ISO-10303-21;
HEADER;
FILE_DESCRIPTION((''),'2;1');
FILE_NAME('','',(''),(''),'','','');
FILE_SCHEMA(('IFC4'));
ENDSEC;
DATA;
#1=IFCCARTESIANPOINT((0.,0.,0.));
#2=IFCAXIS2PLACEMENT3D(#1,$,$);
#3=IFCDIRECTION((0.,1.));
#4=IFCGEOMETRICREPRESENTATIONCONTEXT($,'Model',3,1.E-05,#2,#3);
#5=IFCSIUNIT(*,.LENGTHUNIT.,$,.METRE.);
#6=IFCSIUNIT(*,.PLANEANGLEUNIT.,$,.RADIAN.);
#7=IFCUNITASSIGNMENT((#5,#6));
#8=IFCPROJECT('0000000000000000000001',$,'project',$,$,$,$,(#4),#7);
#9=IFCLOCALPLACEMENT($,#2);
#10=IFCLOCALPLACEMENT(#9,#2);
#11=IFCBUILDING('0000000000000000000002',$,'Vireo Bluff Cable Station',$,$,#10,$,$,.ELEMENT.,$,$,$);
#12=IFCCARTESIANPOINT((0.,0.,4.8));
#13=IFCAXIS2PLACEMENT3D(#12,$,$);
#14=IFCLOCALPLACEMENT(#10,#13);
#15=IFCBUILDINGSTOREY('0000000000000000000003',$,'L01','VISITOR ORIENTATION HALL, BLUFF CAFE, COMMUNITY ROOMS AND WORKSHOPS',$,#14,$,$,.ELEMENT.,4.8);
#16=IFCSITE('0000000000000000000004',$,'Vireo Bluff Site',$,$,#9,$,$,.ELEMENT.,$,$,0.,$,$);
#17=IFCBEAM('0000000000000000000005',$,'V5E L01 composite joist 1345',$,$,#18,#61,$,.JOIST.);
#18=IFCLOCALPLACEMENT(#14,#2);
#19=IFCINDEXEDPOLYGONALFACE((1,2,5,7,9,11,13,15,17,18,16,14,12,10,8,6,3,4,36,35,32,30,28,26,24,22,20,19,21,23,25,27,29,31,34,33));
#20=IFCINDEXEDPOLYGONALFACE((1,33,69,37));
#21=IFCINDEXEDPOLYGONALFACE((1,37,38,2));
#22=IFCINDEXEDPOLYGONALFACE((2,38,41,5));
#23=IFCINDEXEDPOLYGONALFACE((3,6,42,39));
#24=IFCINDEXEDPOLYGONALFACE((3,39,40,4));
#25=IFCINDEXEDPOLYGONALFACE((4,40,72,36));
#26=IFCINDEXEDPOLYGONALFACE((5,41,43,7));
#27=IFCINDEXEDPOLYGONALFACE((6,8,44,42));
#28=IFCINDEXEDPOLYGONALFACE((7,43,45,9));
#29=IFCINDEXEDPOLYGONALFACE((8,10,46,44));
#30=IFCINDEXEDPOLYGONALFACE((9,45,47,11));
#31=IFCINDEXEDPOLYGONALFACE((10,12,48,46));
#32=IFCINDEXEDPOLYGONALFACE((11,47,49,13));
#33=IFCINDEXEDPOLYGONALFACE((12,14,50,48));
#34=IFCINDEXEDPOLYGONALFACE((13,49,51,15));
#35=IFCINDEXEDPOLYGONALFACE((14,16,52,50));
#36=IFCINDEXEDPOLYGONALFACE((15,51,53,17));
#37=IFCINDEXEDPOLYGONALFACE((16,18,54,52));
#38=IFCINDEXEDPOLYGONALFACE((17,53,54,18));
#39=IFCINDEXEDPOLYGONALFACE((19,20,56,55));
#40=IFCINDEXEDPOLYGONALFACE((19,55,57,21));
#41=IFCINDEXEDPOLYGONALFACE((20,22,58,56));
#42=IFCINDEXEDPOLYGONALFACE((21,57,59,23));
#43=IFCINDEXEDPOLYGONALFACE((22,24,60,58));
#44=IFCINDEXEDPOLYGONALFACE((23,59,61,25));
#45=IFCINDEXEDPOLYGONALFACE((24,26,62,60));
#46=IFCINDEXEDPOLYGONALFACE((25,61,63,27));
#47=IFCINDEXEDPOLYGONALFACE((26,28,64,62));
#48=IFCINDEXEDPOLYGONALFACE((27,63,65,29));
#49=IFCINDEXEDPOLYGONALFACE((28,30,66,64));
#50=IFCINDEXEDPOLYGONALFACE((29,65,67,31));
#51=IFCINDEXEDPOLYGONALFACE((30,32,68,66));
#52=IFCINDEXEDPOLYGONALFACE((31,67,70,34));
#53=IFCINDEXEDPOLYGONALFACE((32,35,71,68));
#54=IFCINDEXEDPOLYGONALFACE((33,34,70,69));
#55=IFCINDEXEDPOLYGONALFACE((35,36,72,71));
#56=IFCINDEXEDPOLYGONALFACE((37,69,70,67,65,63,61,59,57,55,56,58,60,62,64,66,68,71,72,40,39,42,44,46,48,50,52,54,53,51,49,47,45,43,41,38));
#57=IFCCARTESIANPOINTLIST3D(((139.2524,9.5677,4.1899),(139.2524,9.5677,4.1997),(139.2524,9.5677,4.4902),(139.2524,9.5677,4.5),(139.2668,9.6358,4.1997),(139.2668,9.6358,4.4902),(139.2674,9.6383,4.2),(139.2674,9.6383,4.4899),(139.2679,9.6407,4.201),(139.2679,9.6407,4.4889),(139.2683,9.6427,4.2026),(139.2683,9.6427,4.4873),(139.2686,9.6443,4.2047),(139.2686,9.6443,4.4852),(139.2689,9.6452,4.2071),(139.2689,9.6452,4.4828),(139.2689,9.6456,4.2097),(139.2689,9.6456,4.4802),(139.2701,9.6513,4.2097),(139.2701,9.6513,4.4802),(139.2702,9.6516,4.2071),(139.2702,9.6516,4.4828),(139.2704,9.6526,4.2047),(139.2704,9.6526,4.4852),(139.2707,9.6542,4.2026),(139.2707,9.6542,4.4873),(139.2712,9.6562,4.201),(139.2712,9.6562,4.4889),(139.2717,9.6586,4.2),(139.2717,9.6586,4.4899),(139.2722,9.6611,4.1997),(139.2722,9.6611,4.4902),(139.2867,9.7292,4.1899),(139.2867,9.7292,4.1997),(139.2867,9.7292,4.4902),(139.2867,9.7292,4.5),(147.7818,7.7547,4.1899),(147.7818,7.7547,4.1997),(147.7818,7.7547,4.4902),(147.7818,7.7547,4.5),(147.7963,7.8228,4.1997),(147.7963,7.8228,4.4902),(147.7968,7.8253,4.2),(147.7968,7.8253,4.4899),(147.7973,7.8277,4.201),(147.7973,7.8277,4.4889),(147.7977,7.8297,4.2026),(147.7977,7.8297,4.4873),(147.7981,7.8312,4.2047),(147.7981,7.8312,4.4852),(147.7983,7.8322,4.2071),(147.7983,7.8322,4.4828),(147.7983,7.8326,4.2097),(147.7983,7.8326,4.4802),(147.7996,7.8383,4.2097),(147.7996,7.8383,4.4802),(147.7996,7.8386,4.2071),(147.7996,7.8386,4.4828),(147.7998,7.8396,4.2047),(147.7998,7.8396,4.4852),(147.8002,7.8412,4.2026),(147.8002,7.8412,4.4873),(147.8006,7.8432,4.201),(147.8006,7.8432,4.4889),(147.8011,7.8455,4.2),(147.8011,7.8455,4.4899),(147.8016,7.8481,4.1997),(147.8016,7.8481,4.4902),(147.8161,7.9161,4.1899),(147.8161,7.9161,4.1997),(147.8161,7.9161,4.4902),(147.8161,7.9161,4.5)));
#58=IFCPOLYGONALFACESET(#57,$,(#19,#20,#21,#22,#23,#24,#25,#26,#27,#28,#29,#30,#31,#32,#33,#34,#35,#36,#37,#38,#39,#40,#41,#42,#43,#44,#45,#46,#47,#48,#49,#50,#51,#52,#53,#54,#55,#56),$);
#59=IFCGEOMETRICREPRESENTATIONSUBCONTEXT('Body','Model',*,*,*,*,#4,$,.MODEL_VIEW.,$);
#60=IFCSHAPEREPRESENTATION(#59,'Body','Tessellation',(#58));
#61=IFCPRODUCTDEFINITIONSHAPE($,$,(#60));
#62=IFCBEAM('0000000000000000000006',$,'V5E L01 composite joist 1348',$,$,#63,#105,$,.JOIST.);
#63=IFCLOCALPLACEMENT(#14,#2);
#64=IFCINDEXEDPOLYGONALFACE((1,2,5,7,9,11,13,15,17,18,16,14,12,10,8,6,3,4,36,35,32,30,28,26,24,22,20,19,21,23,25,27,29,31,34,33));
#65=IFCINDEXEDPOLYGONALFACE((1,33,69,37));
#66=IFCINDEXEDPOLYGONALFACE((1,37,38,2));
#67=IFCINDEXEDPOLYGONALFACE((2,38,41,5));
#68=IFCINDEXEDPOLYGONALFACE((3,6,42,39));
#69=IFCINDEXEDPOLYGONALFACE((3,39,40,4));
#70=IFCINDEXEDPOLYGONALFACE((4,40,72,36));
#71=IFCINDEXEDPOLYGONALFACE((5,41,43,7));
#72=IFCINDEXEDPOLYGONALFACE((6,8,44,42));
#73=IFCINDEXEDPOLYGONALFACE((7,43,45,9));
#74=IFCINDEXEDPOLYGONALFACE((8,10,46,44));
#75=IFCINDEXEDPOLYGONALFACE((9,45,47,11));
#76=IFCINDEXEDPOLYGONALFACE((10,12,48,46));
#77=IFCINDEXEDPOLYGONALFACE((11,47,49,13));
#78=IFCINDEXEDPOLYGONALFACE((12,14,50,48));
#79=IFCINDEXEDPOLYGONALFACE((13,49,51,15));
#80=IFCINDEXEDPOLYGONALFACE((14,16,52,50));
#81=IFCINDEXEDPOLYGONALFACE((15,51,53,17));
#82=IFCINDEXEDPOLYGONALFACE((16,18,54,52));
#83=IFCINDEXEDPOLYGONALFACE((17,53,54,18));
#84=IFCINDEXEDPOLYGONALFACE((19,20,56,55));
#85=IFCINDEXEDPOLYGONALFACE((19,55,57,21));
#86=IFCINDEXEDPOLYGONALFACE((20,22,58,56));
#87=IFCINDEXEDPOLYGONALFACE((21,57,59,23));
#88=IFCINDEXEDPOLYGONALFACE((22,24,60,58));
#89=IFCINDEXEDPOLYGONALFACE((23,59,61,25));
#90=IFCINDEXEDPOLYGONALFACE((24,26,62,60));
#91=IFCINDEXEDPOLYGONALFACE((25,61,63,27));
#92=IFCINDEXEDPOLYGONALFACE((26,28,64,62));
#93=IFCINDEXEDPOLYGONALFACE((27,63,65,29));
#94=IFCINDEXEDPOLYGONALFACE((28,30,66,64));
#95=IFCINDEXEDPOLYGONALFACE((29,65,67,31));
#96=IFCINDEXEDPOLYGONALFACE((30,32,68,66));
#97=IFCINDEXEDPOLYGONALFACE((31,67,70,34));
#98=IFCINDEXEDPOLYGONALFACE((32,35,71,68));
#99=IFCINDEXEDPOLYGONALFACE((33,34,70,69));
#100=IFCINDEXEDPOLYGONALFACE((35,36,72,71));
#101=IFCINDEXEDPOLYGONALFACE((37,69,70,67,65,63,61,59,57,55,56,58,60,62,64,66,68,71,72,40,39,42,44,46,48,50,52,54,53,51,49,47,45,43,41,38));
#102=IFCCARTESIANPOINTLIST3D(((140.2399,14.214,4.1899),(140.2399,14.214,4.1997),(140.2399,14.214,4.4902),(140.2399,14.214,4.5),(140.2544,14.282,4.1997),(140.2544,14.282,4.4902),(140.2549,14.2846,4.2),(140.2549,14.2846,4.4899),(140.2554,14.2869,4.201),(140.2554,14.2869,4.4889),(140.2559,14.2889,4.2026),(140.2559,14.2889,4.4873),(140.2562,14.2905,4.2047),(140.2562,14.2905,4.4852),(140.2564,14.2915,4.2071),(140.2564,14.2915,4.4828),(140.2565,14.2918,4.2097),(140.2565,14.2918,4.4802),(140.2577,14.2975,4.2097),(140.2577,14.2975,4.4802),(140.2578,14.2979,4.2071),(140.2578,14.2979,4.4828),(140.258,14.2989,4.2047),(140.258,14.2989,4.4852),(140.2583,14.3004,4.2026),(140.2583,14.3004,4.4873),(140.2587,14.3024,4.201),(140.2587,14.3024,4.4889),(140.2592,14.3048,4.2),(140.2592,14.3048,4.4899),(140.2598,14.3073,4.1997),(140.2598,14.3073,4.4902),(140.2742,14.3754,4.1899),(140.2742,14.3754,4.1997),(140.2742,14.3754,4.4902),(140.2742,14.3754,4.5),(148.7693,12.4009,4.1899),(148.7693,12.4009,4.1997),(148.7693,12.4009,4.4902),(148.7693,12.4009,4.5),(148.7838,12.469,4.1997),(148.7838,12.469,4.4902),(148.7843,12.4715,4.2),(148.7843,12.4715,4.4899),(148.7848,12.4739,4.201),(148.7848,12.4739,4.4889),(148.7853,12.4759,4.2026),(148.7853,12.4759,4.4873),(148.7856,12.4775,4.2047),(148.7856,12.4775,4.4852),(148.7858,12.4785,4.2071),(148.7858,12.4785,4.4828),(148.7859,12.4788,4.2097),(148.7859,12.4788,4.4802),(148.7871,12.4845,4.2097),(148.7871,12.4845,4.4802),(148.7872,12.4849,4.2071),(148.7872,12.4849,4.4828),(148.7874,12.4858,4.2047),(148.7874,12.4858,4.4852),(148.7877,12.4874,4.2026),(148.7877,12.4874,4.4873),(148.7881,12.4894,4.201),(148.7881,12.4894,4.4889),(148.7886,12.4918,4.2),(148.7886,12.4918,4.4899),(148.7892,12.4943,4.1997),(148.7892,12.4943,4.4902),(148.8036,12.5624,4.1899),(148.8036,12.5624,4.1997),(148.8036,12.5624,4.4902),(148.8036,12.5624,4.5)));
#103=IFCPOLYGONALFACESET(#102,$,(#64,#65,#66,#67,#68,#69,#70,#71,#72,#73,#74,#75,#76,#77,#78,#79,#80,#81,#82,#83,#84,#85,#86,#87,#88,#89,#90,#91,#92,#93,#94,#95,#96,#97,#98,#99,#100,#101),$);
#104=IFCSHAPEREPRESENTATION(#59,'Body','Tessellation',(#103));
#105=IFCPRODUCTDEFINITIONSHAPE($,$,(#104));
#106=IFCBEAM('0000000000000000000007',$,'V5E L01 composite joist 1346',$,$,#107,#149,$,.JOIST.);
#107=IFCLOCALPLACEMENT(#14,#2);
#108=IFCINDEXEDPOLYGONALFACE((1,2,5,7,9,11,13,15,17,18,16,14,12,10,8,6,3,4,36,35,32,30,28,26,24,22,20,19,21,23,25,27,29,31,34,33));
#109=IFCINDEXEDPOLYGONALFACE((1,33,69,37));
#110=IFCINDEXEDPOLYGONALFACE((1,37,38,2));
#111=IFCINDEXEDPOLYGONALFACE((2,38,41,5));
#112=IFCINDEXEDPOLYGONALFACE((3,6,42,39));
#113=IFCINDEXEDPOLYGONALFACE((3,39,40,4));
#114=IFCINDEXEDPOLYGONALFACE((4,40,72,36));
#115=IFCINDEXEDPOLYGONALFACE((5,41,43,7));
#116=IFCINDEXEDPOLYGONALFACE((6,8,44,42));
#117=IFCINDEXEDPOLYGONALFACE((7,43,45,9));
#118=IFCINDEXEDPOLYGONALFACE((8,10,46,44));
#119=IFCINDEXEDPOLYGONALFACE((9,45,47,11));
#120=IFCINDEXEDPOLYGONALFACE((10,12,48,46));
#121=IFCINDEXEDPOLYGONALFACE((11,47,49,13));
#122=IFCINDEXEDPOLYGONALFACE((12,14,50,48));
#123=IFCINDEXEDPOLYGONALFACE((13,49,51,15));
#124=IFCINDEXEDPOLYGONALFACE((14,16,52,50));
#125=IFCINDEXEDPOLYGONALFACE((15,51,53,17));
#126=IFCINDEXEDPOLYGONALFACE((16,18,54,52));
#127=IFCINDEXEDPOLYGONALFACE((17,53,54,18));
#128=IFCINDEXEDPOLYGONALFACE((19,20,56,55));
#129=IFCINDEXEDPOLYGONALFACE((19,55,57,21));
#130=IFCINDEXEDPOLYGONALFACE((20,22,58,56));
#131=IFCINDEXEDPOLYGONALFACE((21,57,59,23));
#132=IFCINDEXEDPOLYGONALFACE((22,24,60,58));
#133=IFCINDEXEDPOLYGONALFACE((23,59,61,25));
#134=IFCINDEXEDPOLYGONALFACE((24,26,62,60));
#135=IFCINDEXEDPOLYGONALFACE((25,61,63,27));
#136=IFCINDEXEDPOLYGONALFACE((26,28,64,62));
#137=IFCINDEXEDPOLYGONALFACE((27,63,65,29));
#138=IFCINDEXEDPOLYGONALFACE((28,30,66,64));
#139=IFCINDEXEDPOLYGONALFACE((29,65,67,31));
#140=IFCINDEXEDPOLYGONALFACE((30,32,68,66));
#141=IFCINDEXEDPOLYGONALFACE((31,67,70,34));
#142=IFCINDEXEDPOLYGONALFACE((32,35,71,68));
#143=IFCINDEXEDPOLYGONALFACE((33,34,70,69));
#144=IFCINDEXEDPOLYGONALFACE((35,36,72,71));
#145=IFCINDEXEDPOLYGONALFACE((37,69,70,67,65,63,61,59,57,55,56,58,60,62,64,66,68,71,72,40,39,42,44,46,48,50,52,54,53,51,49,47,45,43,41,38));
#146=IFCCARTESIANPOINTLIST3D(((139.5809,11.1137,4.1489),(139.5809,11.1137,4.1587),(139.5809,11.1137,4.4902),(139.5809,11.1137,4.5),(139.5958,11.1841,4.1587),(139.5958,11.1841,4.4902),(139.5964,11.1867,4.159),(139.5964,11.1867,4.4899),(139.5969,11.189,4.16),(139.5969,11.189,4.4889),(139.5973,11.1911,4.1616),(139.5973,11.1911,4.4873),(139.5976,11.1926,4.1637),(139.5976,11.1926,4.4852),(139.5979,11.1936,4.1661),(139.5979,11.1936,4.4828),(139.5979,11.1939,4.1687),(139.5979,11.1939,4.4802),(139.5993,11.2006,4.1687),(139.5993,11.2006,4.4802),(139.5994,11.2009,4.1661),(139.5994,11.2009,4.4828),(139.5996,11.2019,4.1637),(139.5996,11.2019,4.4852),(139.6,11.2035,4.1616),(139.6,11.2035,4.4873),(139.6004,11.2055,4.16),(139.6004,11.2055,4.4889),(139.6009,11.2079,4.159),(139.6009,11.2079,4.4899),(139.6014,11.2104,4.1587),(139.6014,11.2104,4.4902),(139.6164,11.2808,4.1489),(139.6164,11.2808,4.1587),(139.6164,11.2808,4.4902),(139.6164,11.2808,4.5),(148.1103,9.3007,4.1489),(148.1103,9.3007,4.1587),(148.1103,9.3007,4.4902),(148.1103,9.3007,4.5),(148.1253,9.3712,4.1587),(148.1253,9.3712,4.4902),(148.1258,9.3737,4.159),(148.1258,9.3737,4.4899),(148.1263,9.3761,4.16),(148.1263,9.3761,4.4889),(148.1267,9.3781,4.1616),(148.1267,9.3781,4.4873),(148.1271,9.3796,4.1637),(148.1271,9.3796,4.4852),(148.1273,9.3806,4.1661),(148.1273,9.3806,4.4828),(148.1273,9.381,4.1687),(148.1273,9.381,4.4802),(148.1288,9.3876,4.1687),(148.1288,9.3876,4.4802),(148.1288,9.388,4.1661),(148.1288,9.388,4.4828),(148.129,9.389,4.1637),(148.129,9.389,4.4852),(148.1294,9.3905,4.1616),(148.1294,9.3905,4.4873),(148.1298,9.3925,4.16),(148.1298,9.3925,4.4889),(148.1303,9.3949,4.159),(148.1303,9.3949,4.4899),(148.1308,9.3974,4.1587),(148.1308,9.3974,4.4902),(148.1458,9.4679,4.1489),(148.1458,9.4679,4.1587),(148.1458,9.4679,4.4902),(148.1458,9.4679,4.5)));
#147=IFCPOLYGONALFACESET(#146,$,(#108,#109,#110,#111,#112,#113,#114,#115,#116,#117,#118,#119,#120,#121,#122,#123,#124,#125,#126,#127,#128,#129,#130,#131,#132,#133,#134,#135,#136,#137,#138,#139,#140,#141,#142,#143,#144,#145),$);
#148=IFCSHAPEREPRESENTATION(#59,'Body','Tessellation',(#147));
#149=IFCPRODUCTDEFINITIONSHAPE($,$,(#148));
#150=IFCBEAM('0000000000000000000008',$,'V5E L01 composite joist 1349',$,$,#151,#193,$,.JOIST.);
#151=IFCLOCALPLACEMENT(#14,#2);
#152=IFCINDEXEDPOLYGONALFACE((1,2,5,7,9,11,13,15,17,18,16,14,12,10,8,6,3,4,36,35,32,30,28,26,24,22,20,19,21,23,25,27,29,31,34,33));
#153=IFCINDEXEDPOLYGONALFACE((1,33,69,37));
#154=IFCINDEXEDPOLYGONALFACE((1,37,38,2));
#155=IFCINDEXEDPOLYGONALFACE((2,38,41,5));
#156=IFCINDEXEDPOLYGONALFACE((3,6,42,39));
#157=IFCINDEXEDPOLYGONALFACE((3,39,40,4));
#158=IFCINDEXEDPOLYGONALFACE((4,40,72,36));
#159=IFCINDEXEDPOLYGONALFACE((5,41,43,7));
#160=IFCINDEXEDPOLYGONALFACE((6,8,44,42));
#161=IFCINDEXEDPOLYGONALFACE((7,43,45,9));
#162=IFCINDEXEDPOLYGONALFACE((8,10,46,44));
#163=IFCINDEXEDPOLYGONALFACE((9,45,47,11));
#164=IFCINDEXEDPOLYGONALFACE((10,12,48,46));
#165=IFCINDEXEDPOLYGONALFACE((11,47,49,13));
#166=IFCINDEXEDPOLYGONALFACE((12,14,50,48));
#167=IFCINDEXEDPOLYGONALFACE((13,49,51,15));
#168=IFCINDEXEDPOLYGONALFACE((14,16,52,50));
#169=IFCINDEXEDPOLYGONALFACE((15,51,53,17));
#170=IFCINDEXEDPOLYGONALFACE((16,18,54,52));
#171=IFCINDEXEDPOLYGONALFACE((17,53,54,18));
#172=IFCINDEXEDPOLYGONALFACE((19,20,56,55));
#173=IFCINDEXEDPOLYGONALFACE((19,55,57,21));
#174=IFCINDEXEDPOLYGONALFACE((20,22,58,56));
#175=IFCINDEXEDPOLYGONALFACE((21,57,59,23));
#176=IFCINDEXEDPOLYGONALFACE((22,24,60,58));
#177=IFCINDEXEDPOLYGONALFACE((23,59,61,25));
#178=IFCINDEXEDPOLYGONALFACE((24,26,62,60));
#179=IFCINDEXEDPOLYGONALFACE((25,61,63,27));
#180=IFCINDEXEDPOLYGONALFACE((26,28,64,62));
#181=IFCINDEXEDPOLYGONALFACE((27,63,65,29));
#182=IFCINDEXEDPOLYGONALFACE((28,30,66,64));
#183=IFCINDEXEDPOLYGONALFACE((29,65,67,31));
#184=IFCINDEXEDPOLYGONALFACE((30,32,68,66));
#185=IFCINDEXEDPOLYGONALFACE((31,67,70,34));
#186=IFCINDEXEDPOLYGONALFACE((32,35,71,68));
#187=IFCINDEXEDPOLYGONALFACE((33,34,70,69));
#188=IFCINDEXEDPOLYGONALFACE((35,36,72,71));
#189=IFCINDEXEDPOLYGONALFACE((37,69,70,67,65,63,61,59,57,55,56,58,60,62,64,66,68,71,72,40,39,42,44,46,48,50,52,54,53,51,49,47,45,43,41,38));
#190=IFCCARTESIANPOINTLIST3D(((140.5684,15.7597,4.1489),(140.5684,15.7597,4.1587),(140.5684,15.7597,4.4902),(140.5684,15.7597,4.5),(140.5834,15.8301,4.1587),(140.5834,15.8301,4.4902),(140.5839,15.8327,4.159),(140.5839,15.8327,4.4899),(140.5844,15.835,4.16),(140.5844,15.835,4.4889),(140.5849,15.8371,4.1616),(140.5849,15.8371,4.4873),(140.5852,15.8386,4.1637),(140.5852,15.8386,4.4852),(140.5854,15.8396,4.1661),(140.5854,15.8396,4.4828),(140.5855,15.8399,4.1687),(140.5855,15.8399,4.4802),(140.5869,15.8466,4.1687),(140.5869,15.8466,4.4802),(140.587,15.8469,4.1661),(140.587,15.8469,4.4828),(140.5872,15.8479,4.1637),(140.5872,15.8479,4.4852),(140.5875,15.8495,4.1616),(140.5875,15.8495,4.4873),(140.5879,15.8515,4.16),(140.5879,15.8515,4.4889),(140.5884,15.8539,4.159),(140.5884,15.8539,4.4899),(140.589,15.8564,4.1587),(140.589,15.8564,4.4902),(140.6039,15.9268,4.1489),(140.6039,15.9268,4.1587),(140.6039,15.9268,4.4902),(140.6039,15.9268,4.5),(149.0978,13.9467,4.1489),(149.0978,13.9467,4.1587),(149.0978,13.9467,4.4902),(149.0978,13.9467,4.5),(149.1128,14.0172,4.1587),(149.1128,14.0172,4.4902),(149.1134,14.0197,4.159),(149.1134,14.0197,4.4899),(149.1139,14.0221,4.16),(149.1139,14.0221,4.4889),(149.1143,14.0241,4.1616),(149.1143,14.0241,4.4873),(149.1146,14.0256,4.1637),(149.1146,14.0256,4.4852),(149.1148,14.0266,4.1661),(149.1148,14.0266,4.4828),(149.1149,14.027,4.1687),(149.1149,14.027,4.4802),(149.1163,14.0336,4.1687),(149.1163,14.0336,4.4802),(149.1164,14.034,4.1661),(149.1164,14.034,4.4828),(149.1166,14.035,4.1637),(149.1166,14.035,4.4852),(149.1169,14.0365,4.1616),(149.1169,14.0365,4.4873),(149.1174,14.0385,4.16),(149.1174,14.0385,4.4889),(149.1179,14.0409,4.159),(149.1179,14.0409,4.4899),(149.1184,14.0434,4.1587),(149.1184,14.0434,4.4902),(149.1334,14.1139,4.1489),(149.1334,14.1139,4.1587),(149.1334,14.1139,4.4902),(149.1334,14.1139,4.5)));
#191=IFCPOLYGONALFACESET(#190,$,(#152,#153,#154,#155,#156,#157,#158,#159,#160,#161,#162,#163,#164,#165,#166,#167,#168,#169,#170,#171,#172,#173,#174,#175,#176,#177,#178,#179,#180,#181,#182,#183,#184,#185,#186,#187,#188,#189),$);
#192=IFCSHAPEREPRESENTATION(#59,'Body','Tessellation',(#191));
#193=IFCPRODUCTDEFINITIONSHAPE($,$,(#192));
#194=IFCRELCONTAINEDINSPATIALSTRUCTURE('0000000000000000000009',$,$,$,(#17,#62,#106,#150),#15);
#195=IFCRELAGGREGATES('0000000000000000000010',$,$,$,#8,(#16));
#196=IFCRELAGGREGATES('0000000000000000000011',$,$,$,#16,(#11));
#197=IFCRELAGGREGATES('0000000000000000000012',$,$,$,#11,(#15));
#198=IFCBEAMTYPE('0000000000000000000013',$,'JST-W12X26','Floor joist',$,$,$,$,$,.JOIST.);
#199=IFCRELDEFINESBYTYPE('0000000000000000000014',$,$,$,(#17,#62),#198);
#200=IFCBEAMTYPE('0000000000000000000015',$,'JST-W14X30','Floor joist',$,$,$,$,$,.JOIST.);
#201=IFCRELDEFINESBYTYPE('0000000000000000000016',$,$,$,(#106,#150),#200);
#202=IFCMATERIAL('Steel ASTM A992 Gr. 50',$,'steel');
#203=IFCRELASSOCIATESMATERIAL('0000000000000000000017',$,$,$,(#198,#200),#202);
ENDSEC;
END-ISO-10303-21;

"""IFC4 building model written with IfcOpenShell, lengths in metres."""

from ifc_helpers import new_model, si_unit, direction, frame, origin, origin_2d, place, context, subcontext, project, spatial, i_section, extrude, material, material_profile, profile_set, type_object, element, save


model = new_model("IFC4")

# Units and contexts
model_context = context("Model", 3, precision=1e-05, world=origin(), true_north=direction((0.0, 1.0)))
body_context = subcontext(model_context, "Body", "Model", "MODEL_VIEW")
ifc_project = project(units=[si_unit("LENGTHUNIT", "METRE"), si_unit("PLANEANGLEUNIT", "RADIAN")], contexts=[model_context])

# Site, building, storey
site_placement = place(None, origin())
site = spatial("IfcSite", under=ifc_project, at=site_placement, Name="Vireo Bluff Site", CompositionType="ELEMENT", RefElevation=0.0)
building_placement = place(site_placement, origin())
building = spatial("IfcBuilding", under=site, at=building_placement, Name="Vireo Bluff Cable Station", CompositionType="ELEMENT")
storey_placement = place(building_placement, frame((0.0, 0.0, 4.8)))
storey = spatial("IfcBuildingStorey", under=building, at=storey_placement, Name="L01", Description="VISITOR ORIENTATION HALL, BLUFF CAFE, COMMUNITY ROOMS AND WORKSHOPS", CompositionType="ELEMENT", Elevation=4.8)

# Shared definitions
ifc_material_1 = material(Name="Steel ASTM A992 Gr. 50", Category="steel")

# Beams
ifc_material_profile_1 = material_profile(ifc_material_1, i_section(OverallWidth=0.165, OverallDepth=0.3101, WebThickness=0.0059, FlangeThickness=0.0098, FilletRadius=0.01, at=origin_2d()), Name="W12X26")
ifc_profile_set_1 = profile_set([ifc_material_profile_1], Name="Steel ASTM A992 Gr. 50")
beam_type_1 = type_object("IfcBeamType", Name="JST-W12X26", Description="Floor joist", PredefinedType="JOIST", material=ifc_profile_set_1)
for number, where, z_axis, x_axis, name in (
    (1, (139.2695, 9.6484, 4.345), (0.978147, -0.207915, 0.0), (0.207915, 0.978147, 0.0), "V5E L01 composite joist 1345"),
    (2, (140.2571, 14.2947, 4.345), (0.978147, -0.207915, 0.0), (0.207915, 0.978147, 0.0), "V5E L01 composite joist 1348"),
):
    element("IfcBeam", number, at=place(storey_placement, frame(where, z_axis=z_axis, x_axis=x_axis)), inside=storey, type_object=beam_type_1, Name=name, PredefinedType="JOIST", context=body_context, shape_type="SweptSolid", body=[
        extrude(i_section(OverallWidth=0.165, OverallDepth=0.3101, WebThickness=0.0059, FlangeThickness=0.0098, FilletRadius=0.01, at=origin_2d()), origin(), (0.0, 0.0, 1.0), 8.72),
    ])
ifc_material_profile_2 = material_profile(ifc_material_1, i_section(OverallWidth=0.1709, OverallDepth=0.3511, WebThickness=0.0068, FlangeThickness=0.0098, FilletRadius=0.01, at=origin_2d()), Name="W14X30")
ifc_profile_set_2 = profile_set([ifc_material_profile_2], Name="Steel ASTM A992 Gr. 50")
beam_type_2 = type_object("IfcBeamType", Name="JST-W14X30", Description="Floor joist", PredefinedType="JOIST", material=ifc_profile_set_2)
for number, where, z_axis, x_axis, name in (
    (3, (139.5986, 11.1973, 4.3245), (0.978148, -0.207909, 0.0), (0.207909, 0.978148, 0.0), "V5E L01 composite joist 1346"),
    (4, (140.5862, 15.8433, 4.3245), (0.978148, -0.207909, 0.0), (0.207909, 0.978148, 0.0), "V5E L01 composite joist 1349"),
):
    element("IfcBeam", number, at=place(storey_placement, frame(where, z_axis=z_axis, x_axis=x_axis)), inside=storey, type_object=beam_type_2, Name=name, PredefinedType="JOIST", context=body_context, shape_type="SweptSolid", body=[
        extrude(i_section(OverallWidth=0.1709, OverallDepth=0.3511, WebThickness=0.0068, FlangeThickness=0.0098, FilletRadius=0.01, at=origin_2d()), origin(), (0.0, 0.0, 1.0), 8.72),
    ])

save(model, "model.ifc")
